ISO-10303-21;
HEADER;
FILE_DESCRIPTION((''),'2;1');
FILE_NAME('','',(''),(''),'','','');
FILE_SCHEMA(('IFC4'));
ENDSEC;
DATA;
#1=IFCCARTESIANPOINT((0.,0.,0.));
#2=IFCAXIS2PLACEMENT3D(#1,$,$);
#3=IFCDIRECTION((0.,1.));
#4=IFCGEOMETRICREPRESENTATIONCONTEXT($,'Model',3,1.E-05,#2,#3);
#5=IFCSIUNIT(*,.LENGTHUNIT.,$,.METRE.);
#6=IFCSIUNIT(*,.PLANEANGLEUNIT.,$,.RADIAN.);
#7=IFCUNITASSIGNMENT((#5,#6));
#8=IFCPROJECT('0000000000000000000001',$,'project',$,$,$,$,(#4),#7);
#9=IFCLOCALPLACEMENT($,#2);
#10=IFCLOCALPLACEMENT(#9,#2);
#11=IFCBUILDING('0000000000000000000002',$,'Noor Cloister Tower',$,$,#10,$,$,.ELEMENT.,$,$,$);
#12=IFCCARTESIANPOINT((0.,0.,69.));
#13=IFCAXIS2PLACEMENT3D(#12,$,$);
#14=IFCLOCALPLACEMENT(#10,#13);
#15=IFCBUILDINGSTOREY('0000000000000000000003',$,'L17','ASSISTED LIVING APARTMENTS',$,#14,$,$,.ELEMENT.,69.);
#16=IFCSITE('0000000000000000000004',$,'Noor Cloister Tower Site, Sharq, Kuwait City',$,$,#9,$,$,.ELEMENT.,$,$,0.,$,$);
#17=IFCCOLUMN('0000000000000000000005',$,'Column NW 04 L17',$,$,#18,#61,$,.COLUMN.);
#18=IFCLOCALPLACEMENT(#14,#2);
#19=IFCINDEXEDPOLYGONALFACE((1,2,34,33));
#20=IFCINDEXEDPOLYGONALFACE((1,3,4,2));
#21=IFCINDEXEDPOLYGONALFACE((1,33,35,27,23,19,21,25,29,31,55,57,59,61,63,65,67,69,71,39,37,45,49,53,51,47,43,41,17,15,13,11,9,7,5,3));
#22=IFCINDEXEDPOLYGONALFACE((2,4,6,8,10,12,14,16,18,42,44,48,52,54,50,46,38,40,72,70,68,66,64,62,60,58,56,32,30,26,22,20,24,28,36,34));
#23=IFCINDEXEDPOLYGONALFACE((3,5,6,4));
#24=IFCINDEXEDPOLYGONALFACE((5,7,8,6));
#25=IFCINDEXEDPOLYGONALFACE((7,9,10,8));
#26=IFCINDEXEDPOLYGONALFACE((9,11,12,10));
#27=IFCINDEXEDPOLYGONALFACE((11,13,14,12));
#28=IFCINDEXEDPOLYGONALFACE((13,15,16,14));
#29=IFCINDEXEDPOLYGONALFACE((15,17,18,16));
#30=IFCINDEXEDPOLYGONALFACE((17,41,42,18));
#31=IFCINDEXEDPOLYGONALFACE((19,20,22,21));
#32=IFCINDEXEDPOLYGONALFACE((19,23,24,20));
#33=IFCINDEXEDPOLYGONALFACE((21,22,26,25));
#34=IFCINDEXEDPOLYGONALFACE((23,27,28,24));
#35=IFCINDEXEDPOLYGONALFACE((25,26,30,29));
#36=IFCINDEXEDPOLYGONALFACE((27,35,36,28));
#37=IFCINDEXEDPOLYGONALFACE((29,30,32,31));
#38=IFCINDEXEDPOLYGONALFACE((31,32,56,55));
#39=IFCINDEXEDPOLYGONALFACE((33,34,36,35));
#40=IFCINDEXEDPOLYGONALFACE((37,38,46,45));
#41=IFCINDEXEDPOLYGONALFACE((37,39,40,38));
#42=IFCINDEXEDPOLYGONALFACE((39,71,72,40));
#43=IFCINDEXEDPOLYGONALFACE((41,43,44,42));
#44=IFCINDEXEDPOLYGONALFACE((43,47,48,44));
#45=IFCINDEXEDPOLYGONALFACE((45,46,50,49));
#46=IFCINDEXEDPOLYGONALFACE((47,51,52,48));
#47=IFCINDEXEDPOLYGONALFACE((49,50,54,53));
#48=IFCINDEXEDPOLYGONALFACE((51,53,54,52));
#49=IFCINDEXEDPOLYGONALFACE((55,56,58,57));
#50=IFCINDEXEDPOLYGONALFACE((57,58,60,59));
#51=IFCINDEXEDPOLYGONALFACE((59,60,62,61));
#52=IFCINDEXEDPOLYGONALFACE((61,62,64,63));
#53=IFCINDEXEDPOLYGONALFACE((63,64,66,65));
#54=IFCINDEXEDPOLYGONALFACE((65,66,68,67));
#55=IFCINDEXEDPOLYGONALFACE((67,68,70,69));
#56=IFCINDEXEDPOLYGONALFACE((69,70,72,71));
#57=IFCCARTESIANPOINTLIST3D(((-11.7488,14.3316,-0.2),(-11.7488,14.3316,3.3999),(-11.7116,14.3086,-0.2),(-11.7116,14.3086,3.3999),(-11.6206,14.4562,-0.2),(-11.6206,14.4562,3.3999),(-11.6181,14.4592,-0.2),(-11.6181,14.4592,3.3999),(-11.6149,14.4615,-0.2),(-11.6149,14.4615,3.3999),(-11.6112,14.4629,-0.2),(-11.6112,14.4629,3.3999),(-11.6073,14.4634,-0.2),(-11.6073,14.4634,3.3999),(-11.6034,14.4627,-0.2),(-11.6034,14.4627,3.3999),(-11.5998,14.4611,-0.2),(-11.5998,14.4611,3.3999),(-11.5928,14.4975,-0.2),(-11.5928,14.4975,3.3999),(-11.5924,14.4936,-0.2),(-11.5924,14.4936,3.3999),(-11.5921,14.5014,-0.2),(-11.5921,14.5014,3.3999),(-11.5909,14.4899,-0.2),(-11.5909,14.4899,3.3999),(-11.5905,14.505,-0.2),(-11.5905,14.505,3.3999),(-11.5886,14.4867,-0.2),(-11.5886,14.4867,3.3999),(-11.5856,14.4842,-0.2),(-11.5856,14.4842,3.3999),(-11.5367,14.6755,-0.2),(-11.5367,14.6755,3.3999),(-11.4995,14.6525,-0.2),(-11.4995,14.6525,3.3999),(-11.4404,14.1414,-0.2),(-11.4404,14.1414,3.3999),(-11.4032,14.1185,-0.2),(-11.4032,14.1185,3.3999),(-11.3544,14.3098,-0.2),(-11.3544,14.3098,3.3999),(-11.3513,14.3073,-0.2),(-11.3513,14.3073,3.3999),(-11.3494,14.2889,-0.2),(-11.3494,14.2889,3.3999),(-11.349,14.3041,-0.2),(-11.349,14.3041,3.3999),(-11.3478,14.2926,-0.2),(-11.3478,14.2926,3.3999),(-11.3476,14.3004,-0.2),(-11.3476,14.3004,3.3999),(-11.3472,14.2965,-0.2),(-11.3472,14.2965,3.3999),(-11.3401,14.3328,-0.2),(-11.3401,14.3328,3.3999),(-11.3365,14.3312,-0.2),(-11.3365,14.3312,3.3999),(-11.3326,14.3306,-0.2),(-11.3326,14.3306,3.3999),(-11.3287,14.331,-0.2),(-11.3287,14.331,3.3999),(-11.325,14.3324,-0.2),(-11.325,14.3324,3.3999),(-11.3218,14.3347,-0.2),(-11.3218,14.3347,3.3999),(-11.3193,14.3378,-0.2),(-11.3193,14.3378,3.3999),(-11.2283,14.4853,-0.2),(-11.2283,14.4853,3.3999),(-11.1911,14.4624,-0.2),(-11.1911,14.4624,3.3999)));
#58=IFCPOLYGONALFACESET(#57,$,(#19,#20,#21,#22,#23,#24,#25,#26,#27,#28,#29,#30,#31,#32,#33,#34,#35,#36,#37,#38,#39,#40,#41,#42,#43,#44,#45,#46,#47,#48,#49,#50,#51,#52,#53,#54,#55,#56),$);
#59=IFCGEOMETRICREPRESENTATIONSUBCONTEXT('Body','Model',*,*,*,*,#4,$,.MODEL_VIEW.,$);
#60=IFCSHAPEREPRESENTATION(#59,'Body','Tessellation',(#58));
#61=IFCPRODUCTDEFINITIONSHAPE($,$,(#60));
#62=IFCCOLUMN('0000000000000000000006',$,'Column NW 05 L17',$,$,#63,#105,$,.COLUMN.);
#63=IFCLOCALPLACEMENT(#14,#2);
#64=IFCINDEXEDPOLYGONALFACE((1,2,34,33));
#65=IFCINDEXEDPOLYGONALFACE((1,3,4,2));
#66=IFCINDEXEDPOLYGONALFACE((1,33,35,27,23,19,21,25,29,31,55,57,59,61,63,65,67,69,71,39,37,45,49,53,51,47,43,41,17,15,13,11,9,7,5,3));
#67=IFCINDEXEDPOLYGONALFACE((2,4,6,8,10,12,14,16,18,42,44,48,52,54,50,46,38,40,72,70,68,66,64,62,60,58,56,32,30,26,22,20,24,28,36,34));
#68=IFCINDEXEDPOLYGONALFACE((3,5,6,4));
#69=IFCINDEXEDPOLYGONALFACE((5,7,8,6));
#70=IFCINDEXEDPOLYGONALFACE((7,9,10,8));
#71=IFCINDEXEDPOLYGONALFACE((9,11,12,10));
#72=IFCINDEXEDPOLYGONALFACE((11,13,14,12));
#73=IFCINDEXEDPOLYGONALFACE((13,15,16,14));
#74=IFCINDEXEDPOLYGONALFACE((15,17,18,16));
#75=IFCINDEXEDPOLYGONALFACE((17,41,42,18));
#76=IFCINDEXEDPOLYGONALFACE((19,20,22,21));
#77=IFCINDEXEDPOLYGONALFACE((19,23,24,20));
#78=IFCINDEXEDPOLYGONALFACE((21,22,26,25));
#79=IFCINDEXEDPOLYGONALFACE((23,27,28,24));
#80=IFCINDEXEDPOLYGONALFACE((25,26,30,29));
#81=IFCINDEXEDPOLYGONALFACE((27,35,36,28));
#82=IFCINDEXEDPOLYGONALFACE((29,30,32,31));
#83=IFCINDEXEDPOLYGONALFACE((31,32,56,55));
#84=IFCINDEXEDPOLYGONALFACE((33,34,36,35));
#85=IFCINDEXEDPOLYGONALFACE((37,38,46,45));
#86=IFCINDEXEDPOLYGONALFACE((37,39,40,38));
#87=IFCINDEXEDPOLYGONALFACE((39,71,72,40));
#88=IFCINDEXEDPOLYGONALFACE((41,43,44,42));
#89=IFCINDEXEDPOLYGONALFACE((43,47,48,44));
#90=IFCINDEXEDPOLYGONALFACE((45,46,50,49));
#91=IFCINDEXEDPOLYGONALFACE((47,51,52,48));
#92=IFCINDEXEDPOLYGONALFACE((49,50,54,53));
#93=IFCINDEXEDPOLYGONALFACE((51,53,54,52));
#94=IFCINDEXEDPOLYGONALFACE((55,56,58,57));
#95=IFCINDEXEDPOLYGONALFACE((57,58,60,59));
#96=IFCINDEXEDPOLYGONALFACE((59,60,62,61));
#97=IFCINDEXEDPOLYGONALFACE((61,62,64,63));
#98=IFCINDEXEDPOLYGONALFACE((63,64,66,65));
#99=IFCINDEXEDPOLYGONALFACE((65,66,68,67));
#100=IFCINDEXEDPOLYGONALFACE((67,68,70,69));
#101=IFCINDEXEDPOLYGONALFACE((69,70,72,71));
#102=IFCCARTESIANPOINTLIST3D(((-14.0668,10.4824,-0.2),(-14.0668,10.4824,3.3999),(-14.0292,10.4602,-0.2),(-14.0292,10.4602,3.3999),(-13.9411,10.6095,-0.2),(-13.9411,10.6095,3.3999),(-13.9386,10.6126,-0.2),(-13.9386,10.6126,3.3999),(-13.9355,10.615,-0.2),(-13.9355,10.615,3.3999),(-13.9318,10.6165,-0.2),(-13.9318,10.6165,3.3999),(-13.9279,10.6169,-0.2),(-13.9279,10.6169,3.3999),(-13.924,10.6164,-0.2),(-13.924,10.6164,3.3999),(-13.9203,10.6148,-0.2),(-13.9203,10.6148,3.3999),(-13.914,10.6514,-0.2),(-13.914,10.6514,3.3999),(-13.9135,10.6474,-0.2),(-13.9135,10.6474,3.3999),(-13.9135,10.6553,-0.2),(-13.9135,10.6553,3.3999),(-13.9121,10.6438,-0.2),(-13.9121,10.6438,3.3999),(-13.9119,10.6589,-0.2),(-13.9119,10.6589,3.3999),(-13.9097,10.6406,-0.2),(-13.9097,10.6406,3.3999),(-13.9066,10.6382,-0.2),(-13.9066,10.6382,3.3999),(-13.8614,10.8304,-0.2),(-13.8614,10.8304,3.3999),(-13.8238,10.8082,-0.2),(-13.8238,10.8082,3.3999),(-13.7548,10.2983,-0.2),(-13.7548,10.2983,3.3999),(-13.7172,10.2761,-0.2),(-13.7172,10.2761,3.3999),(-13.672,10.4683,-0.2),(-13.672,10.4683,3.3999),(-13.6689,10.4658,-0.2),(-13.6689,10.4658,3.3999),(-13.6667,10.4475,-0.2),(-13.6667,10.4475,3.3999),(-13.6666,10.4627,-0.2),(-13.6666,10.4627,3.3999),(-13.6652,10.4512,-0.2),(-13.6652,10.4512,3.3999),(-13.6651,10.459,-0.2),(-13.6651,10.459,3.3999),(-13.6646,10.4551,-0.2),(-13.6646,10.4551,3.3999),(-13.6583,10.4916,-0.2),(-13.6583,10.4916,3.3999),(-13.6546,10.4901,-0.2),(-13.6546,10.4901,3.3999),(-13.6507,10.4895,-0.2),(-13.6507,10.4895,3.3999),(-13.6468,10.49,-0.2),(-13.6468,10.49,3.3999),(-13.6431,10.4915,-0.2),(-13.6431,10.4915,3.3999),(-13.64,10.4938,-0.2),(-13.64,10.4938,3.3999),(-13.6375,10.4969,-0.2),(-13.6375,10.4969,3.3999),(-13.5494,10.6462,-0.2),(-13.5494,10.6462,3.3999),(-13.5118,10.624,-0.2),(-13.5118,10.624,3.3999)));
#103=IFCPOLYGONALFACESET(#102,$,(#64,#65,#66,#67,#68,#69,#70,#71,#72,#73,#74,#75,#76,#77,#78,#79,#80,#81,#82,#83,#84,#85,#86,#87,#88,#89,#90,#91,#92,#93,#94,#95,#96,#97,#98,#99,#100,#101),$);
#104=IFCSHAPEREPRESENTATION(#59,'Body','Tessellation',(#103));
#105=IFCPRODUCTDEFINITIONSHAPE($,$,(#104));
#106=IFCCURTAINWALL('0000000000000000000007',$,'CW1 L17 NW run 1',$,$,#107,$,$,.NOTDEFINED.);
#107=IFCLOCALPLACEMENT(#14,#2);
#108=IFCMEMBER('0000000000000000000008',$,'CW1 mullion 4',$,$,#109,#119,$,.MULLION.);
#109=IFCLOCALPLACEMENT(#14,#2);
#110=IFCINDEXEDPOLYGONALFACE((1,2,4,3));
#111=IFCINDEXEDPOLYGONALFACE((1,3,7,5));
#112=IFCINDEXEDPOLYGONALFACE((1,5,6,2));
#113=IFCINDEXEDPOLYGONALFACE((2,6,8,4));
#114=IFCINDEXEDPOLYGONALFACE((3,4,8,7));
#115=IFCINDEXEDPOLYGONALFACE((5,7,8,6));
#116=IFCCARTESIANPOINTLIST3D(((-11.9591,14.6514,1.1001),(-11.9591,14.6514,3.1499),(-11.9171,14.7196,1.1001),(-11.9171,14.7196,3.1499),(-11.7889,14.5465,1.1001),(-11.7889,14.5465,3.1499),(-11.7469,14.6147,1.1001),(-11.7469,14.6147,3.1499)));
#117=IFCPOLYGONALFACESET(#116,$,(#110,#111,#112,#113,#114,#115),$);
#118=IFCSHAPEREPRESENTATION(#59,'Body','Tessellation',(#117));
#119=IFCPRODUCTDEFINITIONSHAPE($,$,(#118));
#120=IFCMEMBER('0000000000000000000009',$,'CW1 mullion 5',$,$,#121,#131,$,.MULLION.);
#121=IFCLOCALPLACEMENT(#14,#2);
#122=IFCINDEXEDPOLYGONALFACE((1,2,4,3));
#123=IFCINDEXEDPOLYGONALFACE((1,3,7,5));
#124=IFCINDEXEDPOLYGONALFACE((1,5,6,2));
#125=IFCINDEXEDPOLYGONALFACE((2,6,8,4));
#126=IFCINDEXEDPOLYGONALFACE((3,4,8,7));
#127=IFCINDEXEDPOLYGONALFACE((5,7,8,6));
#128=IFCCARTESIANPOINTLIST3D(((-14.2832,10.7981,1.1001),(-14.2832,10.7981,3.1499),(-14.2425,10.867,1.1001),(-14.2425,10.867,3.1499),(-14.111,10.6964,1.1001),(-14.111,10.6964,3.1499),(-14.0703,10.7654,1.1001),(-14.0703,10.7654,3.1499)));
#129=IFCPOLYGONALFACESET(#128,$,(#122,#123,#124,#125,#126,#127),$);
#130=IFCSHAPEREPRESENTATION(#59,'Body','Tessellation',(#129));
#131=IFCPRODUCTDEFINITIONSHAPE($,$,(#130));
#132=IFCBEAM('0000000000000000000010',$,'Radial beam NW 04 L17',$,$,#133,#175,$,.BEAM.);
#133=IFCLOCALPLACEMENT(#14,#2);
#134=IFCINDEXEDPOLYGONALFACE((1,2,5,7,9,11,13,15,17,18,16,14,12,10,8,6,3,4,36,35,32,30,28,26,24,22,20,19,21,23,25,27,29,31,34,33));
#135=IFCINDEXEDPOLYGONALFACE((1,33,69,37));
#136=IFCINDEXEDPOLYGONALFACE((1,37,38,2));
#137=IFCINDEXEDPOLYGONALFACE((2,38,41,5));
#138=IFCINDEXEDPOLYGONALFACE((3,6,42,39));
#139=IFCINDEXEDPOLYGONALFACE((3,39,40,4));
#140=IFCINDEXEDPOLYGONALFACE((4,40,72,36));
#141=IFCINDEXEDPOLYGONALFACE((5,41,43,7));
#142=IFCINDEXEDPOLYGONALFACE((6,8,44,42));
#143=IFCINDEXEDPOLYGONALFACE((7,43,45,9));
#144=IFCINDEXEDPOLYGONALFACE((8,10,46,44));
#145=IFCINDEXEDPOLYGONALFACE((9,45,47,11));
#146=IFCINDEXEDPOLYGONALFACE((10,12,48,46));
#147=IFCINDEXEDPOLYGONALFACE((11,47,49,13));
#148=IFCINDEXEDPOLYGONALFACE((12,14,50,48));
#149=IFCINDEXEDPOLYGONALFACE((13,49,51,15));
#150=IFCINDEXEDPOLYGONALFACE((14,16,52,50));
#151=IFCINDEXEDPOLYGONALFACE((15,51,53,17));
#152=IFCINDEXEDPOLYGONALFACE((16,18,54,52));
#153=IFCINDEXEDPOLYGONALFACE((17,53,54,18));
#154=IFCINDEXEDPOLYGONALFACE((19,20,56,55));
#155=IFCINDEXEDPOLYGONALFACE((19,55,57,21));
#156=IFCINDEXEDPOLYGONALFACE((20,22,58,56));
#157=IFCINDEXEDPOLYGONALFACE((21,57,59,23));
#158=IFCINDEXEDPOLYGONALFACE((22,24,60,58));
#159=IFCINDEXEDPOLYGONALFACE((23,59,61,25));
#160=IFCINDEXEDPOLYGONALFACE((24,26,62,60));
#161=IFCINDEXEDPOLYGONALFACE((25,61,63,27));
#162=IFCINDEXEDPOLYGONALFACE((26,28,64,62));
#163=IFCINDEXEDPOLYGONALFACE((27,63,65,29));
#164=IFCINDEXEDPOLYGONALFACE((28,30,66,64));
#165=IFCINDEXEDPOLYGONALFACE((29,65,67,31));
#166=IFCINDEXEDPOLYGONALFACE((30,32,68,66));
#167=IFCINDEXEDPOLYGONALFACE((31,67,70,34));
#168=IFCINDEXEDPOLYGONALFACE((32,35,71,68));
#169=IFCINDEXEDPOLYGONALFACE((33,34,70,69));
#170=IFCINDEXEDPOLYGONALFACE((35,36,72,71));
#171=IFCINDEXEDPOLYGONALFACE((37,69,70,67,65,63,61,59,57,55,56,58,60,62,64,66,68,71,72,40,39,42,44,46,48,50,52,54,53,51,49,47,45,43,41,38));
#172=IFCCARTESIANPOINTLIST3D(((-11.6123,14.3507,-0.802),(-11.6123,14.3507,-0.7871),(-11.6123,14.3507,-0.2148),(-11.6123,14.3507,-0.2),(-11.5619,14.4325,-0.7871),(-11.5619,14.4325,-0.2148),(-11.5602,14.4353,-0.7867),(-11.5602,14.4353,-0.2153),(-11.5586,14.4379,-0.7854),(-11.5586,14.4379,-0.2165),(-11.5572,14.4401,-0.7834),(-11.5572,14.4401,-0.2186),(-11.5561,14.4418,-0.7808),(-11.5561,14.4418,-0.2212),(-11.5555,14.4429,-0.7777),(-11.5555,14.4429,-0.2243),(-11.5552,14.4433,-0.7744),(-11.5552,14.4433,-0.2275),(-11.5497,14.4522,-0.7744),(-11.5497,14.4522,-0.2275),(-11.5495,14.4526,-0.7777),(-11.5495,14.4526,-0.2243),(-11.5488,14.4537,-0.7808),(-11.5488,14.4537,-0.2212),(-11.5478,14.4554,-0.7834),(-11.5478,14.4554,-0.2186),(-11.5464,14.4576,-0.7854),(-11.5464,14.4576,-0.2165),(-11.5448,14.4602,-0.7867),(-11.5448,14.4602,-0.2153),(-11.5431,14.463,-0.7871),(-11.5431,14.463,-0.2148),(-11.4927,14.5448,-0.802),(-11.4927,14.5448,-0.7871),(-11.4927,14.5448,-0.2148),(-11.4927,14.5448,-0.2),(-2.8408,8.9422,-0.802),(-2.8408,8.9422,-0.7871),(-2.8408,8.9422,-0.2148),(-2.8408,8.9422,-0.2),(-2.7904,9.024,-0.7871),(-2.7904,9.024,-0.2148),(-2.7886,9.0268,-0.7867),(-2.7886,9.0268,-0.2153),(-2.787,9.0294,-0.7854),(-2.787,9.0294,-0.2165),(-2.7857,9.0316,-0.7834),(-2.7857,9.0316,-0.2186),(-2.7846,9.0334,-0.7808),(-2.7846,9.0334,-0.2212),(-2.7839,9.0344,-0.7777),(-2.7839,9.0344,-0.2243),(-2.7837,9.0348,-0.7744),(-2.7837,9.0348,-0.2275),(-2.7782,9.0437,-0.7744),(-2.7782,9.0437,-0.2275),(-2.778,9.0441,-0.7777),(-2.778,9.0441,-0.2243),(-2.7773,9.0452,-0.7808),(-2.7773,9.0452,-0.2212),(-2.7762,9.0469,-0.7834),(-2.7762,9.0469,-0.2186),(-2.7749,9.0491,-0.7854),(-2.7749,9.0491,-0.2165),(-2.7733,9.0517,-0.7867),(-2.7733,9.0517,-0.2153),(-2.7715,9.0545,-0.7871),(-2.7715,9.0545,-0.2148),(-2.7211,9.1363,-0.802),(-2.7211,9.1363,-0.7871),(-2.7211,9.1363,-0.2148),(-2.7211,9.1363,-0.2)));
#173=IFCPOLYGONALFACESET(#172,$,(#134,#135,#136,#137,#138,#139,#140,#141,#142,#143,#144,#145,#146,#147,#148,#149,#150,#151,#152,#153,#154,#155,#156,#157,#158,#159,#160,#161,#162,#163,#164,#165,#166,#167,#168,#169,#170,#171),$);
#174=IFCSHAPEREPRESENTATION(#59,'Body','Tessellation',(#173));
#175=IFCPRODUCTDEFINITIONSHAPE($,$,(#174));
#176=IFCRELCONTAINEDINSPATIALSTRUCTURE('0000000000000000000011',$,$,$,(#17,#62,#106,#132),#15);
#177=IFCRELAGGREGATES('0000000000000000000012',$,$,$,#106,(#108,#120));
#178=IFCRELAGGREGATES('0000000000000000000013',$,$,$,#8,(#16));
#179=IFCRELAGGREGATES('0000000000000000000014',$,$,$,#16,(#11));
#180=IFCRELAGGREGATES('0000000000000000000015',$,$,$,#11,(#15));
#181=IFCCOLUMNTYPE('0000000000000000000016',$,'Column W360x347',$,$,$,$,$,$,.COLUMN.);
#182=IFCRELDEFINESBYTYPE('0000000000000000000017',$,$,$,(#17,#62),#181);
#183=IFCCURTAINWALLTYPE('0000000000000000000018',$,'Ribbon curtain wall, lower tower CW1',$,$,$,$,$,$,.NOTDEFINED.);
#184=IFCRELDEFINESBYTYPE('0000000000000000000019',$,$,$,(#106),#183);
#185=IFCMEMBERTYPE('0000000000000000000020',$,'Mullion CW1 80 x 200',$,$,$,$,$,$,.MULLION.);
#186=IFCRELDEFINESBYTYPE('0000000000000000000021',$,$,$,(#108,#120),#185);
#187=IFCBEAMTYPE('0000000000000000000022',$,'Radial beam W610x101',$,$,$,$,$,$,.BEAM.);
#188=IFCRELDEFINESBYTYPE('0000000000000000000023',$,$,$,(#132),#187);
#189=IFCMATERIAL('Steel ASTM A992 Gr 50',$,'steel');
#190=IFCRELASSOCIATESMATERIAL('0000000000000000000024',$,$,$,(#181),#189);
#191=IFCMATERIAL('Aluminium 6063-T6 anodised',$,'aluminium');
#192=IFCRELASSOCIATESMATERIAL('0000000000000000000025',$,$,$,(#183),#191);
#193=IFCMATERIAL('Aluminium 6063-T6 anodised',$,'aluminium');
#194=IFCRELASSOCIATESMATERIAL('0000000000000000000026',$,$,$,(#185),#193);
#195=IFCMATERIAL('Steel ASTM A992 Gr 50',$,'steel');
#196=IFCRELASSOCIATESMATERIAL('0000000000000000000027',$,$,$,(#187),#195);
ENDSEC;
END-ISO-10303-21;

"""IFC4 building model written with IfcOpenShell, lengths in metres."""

from ifc_helpers import new_model, si_unit, direction, frame, origin, origin_2d, place, context, subcontext, project, spatial, rectangle, i_section, extrude, material, material_profile, profile_set, type_object, element, aggregate, save


model = new_model("IFC4")

# Units and contexts
model_context = context("Model", 3, precision=1e-05, world=origin(), true_north=direction((0.0, 1.0)))
body_context = subcontext(model_context, "Body", "Model", "MODEL_VIEW")
ifc_project = project(units=[si_unit("LENGTHUNIT", "METRE"), si_unit("PLANEANGLEUNIT", "RADIAN")], contexts=[model_context])

# Site, building, storey
site_placement = place(None, origin())
site = spatial("IfcSite", under=ifc_project, at=site_placement, Name="Noor Cloister Tower Site, Sharq, Kuwait City", CompositionType="ELEMENT", RefElevation=0.0)
building_placement = place(site_placement, origin())
building = spatial("IfcBuilding", under=site, at=building_placement, Name="Noor Cloister Tower", CompositionType="ELEMENT")
storey_placement = place(building_placement, frame((0.0, 0.0, 69.0)))
storey = spatial("IfcBuildingStorey", under=building, at=storey_placement, Name="L17", Description="ASSISTED LIVING APARTMENTS", CompositionType="ELEMENT", Elevation=69.0)

# Columns
ifc_material_1 = material(Name="Steel ASTM A992 Gr 50", Category="steel")
ifc_material_profile_1 = material_profile(ifc_material_1, i_section(OverallWidth=0.4041, OverallDepth=0.406, WebThickness=0.0271, FlangeThickness=0.0437, FilletRadius=0.0151, at=origin_2d()), Name="W360x347")
ifc_profile_set_1 = profile_set([ifc_material_profile_1], Name="Steel ASTM A992 Gr 50")
column_type = type_object("IfcColumnType", Name="Column W360x347", PredefinedType="COLUMN", material=ifc_profile_set_1)
for number, where, z_axis, x_axis, name in (
    (1, (-11.47, 14.397, -0.2), (0.0, 0.0, 1.0), (-0.524849, -0.851196, 0.0), "Column NW 04 L17"),
    (2, (-13.7893, 10.5532, -0.2), (0.0, 0.0, 1.0), (-0.50833, -0.861162, 0.0), "Column NW 05 L17"),
):
    element("IfcColumn", number, at=place(storey_placement, frame(where, z_axis=z_axis, x_axis=x_axis)), inside=storey, type_object=column_type, Name=name, PredefinedType="COLUMN", context=body_context, shape_type="SweptSolid", body=[
        extrude(i_section(OverallWidth=0.4041, OverallDepth=0.406, WebThickness=0.0271, FlangeThickness=0.0437, FilletRadius=0.0151, at=origin_2d()), origin(), (0.0, 0.0, 1.0), 3.5999),
    ])

# Curtain wall, members
ifc_material_2 = material(Name="Aluminium 6063-T6 anodised", Category="aluminium")
curtain_wall_type = type_object("IfcCurtainWallType", Name="Ribbon curtain wall, lower tower CW1", PredefinedType="NOTDEFINED", material=ifc_material_2)
curtain_wall_placement = place(storey_placement, origin())
curtain_wall = element("IfcCurtainWall", 3, at=curtain_wall_placement, inside=storey, type_object=curtain_wall_type, Name="CW1 L17 NW run 1", PredefinedType="NOTDEFINED")
ifc_material_3 = material(Name="Aluminium 6063-T6 anodised", Category="aluminium")
ifc_material_profile_2 = material_profile(ifc_material_3, rectangle(XDim=0.2, YDim=0.0801, at=origin_2d()), Name="200 x 80 mullion")
ifc_profile_set_2 = profile_set([ifc_material_profile_2], Name="Aluminium 6063-T6 anodised")
member_type = type_object("IfcMemberType", Name="Mullion CW1 80 x 200", PredefinedType="MULLION", material=ifc_profile_set_2)
member_1_placement = place(storey_placement, frame((-11.853, 14.6331, 1.1001), z_axis=(0.0, 0.0, 1.0), x_axis=(0.851196, -0.524849, 0.0)))
member_1 = element("IfcMember", 4, at=member_1_placement, type_object=member_type, Name="CW1 mullion 4", PredefinedType="MULLION", context=body_context, shape_type="SweptSolid", body=[
    extrude(rectangle(XDim=0.2, YDim=0.0801, at=origin_2d()), origin(), (0.0, 0.0, 1.0), 2.0498),
])
member_2_placement = place(storey_placement, frame((-14.1768, 10.7817, 1.1001), z_axis=(0.0, 0.0, 1.0), x_axis=(0.861162, -0.50833, 0.0)))
member_2 = element("IfcMember", 5, at=member_2_placement, type_object=member_type, Name="CW1 mullion 5", PredefinedType="MULLION", context=body_context, shape_type="SweptSolid", body=[
    extrude(rectangle(XDim=0.2, YDim=0.0801, at=origin_2d()), origin(), (0.0, 0.0, 1.0), 2.0498),
])

# Beam
ifc_material_4 = material(Name="Steel ASTM A992 Gr 50", Category="steel")
ifc_material_profile_3 = material_profile(ifc_material_4, i_section(OverallWidth=0.228, OverallDepth=0.6021, WebThickness=0.0105, FlangeThickness=0.0149, FilletRadius=0.0127, at=origin_2d()), Name="W610x101")
ifc_profile_set_3 = profile_set([ifc_material_profile_3], Name="Steel ASTM A992 Gr 50")
beam_type_1 = type_object("IfcBeamType", Name="Radial beam W610x101", PredefinedType="BEAM", material=ifc_profile_set_3)
beam_1_placement = place(storey_placement, frame((-11.5525, 14.4478, -0.501), z_axis=(0.851198, -0.524844, 0.0), x_axis=(0.524844, 0.851198, 0.0)))
element("IfcBeam", 6, at=beam_1_placement, inside=storey, type_object=beam_type_1, Name="Radial beam NW 04 L17", PredefinedType="BEAM", context=body_context, shape_type="SweptSolid", body=[
    extrude(i_section(OverallWidth=0.228, OverallDepth=0.6021, WebThickness=0.0105, FlangeThickness=0.0149, FilletRadius=0.0127, at=origin_2d()), origin(), (0.0, 0.0, 1.0), 10.3049),
])

aggregate(curtain_wall, [member_1, member_2])

save(model, "model.ifc")
